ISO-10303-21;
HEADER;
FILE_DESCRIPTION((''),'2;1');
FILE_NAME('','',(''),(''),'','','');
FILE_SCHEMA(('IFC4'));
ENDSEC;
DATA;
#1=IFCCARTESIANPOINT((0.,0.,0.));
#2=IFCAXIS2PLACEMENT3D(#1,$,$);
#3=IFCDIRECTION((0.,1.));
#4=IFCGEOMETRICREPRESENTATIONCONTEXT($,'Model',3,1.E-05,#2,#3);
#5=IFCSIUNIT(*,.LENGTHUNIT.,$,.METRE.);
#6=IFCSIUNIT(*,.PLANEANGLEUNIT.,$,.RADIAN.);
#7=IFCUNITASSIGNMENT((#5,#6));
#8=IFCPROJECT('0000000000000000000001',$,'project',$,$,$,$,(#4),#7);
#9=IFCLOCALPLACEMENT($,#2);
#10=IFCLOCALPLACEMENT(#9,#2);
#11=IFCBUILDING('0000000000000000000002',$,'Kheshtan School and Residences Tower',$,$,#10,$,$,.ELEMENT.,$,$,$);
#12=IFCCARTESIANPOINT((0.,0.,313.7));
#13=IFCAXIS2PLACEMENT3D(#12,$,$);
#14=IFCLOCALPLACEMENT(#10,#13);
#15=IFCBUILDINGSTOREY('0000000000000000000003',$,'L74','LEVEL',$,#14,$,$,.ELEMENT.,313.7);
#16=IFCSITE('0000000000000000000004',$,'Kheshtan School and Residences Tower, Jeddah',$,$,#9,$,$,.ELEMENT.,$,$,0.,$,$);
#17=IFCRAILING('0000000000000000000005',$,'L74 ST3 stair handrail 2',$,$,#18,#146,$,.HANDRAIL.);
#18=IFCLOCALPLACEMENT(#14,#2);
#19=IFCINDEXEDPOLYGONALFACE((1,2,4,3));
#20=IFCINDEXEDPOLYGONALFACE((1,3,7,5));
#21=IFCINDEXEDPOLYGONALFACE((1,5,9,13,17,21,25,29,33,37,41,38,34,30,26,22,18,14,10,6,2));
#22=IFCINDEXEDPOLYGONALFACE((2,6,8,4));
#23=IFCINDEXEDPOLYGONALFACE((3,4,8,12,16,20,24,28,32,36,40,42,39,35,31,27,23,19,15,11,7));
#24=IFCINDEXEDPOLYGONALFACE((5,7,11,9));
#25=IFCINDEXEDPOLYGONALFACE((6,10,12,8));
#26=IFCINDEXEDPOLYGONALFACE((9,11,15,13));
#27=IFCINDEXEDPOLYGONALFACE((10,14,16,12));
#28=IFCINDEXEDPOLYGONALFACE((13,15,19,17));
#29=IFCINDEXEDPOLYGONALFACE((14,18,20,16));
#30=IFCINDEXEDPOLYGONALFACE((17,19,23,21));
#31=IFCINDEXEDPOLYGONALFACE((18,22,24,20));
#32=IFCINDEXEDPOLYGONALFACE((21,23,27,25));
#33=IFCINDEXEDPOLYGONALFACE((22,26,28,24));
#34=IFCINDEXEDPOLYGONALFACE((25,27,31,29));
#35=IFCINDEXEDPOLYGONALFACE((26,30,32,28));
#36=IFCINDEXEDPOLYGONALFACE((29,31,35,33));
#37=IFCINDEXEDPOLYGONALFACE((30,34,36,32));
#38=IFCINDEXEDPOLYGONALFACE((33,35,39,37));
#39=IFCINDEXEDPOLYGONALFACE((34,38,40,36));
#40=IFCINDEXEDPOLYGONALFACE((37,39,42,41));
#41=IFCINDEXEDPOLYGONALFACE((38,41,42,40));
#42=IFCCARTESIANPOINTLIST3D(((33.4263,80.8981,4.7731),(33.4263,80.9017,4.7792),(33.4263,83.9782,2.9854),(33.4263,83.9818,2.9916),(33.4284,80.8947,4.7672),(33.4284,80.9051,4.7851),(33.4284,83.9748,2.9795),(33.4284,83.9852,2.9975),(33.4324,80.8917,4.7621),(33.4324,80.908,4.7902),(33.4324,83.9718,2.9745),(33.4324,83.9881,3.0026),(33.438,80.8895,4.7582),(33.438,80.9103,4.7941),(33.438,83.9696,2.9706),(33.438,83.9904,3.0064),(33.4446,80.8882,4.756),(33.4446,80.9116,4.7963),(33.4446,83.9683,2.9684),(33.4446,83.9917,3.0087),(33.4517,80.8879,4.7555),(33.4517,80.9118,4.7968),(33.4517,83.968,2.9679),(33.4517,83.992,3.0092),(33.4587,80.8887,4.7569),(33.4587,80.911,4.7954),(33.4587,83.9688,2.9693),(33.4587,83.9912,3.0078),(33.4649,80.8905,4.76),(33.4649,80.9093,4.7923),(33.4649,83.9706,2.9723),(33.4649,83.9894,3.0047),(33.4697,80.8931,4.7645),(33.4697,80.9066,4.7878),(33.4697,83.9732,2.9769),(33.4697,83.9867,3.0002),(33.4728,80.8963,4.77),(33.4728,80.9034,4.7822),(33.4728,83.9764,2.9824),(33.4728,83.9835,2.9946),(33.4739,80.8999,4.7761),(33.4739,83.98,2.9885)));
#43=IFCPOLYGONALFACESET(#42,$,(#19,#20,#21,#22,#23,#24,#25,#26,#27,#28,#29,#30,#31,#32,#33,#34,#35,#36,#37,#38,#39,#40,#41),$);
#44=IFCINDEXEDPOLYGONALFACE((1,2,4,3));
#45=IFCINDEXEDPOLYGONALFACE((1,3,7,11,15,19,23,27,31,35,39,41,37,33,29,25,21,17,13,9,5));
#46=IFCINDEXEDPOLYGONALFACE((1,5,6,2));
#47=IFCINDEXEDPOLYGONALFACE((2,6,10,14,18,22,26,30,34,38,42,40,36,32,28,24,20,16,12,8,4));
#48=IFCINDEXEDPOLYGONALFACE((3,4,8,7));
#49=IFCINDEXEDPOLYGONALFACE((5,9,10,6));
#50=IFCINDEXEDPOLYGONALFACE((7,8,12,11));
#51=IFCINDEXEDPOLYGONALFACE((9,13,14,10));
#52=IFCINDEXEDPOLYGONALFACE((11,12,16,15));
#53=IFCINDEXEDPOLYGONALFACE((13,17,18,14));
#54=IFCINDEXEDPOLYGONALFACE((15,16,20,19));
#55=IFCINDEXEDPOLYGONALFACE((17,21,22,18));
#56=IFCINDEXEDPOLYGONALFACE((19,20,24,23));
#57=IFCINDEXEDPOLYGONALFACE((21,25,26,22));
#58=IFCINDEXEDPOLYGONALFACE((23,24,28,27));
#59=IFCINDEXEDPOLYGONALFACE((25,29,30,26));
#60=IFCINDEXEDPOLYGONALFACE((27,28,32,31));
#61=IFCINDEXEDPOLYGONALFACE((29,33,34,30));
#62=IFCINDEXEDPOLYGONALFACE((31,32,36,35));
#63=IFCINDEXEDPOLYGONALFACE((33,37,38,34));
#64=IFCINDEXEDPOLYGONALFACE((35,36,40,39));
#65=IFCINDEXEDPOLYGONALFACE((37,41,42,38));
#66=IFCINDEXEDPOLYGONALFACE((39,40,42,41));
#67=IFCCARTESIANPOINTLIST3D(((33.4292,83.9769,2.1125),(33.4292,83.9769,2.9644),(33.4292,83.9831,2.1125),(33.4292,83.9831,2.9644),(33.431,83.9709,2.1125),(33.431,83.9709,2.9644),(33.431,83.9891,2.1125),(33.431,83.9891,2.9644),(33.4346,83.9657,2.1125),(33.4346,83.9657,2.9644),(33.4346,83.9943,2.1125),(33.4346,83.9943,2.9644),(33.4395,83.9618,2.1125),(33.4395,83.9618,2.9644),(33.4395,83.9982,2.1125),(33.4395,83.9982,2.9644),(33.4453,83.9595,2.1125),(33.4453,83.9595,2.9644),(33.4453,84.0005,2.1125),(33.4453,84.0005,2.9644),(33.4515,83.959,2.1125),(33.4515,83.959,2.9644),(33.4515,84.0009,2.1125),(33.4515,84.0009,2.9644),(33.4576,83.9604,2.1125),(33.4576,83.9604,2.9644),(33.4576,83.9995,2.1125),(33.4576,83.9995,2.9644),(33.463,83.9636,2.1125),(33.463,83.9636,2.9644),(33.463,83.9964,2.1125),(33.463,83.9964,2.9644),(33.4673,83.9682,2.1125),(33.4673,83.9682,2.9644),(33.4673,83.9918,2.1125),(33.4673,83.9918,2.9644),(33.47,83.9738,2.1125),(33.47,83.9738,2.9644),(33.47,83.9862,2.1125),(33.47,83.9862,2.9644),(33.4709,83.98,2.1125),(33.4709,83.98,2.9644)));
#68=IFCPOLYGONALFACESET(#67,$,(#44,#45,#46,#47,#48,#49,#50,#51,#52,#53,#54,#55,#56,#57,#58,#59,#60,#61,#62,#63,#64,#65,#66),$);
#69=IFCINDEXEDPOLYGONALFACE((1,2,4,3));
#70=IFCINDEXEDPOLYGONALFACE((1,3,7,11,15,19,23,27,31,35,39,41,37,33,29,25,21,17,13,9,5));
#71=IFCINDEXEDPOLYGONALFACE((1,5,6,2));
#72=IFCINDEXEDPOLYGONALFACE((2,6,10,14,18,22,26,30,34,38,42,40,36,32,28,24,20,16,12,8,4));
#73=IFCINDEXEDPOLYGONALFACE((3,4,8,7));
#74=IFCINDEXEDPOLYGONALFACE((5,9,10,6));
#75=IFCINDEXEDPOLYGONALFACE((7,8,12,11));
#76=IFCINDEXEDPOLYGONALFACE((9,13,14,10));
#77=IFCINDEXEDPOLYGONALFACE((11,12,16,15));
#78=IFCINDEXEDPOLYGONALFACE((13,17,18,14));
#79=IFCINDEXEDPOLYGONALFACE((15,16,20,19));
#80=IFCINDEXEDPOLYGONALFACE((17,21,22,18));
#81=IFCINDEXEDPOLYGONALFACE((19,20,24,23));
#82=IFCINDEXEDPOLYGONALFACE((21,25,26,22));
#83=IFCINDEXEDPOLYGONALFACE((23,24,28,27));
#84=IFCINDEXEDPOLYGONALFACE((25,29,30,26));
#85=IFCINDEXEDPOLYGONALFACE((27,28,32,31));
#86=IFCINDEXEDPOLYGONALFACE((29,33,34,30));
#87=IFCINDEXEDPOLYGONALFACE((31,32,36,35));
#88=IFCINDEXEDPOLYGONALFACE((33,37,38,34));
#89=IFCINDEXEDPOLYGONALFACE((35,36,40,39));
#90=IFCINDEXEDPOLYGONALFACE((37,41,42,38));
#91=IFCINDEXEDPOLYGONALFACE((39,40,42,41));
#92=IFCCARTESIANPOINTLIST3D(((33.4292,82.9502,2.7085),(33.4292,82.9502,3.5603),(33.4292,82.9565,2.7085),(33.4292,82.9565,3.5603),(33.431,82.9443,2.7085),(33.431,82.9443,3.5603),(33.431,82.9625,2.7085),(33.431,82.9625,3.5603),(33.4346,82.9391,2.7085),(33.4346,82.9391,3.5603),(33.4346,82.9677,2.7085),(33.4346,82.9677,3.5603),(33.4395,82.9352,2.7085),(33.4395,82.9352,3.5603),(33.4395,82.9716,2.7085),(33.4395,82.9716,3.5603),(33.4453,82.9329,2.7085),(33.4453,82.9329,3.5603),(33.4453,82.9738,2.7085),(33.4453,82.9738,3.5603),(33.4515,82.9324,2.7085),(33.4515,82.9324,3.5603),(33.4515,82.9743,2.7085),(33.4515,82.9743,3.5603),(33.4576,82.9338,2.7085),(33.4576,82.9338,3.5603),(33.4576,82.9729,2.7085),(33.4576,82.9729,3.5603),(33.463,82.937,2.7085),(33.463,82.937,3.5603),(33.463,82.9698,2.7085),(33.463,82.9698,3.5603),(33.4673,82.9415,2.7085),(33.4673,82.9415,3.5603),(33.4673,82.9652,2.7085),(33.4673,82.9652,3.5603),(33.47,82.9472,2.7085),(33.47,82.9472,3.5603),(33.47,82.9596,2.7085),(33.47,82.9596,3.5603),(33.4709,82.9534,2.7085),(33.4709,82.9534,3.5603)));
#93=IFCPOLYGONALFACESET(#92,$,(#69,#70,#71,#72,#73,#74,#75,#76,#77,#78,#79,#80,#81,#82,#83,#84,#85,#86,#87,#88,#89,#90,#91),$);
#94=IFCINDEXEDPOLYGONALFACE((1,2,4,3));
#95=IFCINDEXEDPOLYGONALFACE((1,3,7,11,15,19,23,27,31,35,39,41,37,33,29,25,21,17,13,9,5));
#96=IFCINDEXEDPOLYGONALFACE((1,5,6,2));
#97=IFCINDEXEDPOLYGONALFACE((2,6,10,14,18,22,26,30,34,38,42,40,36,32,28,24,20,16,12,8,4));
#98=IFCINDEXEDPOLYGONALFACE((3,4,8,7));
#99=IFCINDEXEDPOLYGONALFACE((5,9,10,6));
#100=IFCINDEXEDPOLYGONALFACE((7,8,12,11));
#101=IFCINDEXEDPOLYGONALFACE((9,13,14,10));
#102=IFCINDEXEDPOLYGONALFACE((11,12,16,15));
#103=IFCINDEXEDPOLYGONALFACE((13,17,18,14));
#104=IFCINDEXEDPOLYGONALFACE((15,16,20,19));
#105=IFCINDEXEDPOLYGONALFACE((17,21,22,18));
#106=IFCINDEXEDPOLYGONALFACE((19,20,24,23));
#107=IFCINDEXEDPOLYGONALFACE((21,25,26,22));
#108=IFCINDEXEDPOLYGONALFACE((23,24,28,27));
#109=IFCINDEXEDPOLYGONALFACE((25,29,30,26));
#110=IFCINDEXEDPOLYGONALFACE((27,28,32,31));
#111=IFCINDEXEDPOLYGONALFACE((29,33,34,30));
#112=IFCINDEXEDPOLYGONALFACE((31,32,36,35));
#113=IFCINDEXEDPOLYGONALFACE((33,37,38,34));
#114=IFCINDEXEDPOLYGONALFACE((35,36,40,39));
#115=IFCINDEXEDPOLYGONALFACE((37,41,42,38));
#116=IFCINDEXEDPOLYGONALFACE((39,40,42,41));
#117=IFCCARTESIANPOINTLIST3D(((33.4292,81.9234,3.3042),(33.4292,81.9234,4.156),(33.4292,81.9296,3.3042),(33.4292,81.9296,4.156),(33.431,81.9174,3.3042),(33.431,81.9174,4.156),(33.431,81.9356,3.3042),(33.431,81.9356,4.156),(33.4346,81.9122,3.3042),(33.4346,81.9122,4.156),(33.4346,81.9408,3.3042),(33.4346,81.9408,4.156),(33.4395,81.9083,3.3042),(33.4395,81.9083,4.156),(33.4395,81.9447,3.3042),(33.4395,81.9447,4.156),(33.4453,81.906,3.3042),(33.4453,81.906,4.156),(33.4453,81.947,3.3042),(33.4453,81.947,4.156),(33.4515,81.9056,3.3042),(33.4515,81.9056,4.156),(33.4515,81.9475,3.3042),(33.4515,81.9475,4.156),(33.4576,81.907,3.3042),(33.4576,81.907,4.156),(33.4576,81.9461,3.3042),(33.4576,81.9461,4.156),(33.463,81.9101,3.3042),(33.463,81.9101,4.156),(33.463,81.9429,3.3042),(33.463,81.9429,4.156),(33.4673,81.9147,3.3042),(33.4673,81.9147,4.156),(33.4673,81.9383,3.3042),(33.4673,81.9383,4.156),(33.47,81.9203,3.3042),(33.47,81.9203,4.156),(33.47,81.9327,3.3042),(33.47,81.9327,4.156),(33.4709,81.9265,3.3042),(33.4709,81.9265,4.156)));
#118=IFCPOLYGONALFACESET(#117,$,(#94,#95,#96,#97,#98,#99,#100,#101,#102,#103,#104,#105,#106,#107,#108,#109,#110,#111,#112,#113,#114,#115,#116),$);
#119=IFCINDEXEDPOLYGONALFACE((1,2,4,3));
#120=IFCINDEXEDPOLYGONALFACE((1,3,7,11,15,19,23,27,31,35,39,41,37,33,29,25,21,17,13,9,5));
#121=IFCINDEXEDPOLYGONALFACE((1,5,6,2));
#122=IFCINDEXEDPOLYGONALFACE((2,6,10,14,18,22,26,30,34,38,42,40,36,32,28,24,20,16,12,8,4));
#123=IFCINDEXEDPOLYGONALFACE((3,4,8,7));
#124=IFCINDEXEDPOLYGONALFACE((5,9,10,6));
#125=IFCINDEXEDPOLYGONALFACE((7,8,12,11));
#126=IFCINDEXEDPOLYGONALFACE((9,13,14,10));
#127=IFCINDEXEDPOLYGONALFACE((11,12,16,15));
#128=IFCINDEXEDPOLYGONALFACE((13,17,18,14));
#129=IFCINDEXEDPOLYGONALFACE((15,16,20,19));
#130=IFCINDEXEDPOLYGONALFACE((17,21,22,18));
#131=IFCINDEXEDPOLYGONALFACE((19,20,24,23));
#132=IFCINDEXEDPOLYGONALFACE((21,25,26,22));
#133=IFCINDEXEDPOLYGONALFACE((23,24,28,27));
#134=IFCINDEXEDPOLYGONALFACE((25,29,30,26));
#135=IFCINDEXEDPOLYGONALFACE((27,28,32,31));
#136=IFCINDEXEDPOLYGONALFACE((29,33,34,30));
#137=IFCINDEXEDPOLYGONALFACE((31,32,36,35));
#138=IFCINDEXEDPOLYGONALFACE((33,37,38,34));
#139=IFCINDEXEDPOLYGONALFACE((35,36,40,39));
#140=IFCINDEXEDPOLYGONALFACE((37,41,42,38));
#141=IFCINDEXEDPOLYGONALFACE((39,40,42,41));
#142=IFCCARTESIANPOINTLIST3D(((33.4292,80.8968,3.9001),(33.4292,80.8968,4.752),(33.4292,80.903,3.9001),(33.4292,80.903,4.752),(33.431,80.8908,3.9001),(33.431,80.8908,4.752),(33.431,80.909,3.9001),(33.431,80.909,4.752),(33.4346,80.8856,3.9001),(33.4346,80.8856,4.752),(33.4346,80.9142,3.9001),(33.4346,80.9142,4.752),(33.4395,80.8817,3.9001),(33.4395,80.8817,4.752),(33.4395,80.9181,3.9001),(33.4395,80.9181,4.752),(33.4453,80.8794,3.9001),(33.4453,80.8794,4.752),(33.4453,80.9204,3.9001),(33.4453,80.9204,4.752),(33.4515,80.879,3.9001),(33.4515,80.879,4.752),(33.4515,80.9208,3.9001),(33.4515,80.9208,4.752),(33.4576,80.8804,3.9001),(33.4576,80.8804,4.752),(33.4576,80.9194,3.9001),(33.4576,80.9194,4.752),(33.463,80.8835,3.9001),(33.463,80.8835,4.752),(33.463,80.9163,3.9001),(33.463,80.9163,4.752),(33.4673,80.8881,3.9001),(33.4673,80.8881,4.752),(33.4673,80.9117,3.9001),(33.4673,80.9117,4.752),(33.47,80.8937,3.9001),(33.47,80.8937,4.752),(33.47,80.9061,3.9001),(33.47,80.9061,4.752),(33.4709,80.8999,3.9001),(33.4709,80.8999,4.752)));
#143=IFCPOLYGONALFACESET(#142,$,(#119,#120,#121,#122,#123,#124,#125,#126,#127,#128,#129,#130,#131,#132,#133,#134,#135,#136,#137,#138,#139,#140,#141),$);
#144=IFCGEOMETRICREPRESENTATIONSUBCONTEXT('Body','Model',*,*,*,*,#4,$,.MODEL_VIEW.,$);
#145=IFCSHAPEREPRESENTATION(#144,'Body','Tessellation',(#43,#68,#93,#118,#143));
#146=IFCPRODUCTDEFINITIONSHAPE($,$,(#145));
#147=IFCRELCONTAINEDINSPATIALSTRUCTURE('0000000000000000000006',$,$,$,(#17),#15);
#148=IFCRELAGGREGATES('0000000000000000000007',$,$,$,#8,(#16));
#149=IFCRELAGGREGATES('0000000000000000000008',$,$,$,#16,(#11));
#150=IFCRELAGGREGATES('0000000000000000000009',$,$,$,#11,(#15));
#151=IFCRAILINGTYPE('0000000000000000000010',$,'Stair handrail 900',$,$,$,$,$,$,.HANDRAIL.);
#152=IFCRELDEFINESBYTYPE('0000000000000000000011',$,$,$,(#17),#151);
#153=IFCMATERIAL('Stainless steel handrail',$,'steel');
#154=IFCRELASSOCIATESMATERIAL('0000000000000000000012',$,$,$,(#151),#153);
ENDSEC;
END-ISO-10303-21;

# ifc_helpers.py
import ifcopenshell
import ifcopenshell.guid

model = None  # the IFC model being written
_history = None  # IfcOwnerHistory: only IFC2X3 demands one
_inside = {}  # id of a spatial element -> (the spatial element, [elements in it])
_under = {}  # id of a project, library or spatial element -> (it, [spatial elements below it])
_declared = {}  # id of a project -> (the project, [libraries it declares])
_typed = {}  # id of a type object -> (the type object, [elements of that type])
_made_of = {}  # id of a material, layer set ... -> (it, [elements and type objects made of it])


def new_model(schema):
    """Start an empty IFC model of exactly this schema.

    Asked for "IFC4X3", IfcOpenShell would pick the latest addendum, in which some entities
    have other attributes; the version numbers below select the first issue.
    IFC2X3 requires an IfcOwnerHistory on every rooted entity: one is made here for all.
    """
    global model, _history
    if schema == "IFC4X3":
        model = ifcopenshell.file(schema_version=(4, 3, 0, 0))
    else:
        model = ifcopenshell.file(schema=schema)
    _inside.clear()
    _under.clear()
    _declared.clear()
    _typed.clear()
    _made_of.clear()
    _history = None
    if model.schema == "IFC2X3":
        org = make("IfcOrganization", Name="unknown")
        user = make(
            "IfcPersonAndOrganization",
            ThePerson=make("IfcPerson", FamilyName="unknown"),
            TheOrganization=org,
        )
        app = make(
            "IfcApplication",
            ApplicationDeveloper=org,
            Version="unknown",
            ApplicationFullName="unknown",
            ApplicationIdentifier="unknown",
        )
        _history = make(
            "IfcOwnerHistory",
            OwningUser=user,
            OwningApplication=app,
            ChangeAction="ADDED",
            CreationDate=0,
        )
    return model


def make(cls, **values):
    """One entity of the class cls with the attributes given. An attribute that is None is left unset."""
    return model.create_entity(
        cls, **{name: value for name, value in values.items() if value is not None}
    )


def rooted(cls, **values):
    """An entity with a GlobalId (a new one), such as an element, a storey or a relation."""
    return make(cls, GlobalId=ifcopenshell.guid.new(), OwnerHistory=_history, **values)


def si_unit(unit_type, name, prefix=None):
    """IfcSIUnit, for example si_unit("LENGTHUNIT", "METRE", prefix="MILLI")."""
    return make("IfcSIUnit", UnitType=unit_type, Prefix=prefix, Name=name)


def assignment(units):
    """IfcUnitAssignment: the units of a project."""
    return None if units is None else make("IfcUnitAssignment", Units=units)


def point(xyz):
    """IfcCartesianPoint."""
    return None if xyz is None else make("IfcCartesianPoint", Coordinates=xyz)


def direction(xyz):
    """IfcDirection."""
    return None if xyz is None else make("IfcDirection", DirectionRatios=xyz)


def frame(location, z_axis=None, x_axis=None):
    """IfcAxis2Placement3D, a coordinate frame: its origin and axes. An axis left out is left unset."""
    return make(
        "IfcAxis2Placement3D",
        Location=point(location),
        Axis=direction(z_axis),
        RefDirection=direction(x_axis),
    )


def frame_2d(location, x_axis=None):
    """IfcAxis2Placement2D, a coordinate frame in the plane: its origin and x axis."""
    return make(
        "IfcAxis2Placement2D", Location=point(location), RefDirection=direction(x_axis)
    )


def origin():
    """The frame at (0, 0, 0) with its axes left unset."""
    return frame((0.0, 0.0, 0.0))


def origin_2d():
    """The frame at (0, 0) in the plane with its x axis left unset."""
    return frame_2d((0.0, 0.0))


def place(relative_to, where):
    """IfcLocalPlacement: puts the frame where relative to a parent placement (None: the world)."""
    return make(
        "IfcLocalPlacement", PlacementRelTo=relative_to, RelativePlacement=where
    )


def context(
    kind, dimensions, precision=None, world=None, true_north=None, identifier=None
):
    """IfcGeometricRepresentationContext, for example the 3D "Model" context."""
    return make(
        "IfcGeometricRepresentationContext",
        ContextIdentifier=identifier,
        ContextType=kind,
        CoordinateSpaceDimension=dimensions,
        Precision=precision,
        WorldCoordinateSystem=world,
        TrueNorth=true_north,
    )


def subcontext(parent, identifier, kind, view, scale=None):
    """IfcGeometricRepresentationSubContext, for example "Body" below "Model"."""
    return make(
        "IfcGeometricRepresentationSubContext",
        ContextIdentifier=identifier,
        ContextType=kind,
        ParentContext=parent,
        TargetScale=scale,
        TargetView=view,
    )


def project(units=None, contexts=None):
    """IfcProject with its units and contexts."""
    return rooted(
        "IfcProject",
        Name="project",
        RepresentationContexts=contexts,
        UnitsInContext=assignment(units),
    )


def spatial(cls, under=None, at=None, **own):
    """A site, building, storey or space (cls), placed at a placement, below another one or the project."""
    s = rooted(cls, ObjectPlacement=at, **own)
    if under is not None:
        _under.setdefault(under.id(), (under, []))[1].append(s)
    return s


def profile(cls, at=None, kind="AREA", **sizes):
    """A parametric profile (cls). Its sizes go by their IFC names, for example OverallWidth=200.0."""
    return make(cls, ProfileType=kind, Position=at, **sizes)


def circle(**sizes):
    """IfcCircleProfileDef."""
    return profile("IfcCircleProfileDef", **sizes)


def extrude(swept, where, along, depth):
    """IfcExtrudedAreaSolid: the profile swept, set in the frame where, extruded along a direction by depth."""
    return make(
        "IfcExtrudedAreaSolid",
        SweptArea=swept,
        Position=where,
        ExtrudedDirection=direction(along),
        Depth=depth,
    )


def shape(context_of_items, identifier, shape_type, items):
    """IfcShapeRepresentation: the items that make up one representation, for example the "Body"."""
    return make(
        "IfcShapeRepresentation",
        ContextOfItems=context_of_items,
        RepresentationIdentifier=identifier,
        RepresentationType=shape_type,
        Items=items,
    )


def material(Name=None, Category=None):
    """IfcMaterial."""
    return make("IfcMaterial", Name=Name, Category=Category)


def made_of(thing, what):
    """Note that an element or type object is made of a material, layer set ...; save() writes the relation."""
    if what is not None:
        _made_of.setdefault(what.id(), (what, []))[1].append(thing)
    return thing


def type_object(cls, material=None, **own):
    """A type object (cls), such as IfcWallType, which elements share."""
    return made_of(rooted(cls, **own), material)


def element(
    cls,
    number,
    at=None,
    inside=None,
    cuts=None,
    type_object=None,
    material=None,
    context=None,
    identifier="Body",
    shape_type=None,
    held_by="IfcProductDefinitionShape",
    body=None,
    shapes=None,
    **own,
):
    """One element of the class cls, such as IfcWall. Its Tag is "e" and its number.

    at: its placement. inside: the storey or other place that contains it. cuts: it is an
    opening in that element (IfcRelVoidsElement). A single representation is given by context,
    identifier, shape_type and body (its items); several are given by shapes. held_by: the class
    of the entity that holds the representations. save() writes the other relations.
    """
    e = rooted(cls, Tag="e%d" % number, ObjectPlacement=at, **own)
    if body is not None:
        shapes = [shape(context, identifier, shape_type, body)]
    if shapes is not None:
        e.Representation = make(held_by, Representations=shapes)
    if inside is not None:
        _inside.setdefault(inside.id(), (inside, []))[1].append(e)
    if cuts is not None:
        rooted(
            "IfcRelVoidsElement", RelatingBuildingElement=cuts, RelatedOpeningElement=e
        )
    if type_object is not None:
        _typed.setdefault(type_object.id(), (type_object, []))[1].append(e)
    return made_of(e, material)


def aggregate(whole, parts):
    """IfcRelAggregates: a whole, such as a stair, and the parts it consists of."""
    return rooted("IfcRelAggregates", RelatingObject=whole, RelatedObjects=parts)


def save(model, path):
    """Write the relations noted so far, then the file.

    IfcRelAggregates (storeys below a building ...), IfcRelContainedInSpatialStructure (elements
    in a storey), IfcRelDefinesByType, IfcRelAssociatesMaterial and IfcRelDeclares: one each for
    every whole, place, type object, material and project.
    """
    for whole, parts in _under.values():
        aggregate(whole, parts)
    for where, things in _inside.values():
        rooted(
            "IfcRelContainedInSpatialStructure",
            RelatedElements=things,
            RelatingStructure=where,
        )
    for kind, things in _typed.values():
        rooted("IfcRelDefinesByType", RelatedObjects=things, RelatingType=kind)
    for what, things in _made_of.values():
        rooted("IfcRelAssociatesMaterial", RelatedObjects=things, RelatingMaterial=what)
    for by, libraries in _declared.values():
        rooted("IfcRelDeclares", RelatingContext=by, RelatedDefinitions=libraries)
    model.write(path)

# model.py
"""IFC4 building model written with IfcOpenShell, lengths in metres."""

from ifc_helpers import new_model, si_unit, direction, frame, origin, origin_2d, place, context, subcontext, project, spatial, circle, extrude, material, type_object, element, save


model = new_model("IFC4")

# Units and contexts
model_context = context("Model", 3, precision=1e-05, world=origin(), true_north=direction((0.0, 1.0)))
body_context = subcontext(model_context, "Body", "Model", "MODEL_VIEW")
ifc_project = project(units=[si_unit("LENGTHUNIT", "METRE"), si_unit("PLANEANGLEUNIT", "RADIAN")], contexts=[model_context])

# Site, building, storey
site_placement = place(None, origin())
site = spatial("IfcSite", under=ifc_project, at=site_placement, Name="Kheshtan School and Residences Tower, Jeddah", CompositionType="ELEMENT", RefElevation=0.0)
building_placement = place(site_placement, origin())
building = spatial("IfcBuilding", under=site, at=building_placement, Name="Kheshtan School and Residences Tower", CompositionType="ELEMENT")
storey_placement = place(building_placement, frame((0.0, 0.0, 313.7)))
storey = spatial("IfcBuildingStorey", under=building, at=storey_placement, Name="L74", Description="LEVEL", CompositionType="ELEMENT", Elevation=313.7)

# Railing
ifc_material_1 = material(Name="Stainless steel handrail", Category="steel")
railing_type_1 = type_object("IfcRailingType", Name="Stair handrail 900", PredefinedType="HANDRAIL", material=ifc_material_1)
railing_1_placement = place(storey_placement, frame((33.45, 83.98, 2.1125)))
element("IfcRailing", 1, at=railing_1_placement, inside=storey, type_object=railing_type_1, Name="L74 ST3 stair handrail 2", PredefinedType="HANDRAIL", context=body_context, shape_type="SweptSolid", body=[
    extrude(circle(Radius=0.0239, at=origin_2d()), frame((0.0, 0.0, 0.876), z_axis=(0.0, -0.864891, 0.50196), x_axis=(1.0, 0.0, 0.0)), (0.0, 0.0, 1.0), 3.5613),
    extrude(circle(Radius=0.021, at=origin_2d()), origin(), (0.0, 0.0, 1.0), 0.8518),
    extrude(circle(Radius=0.021, at=origin_2d()), frame((0.0, -1.0266, 0.5959)), (0.0, 0.0, 1.0), 0.8518),
    extrude(circle(Radius=0.021, at=origin_2d()), frame((0.0, -2.0535, 1.1917)), (0.0, 0.0, 1.0), 0.8518),
    extrude(circle(Radius=0.021, at=origin_2d()), frame((0.0, -3.0801, 1.7876)), (0.0, 0.0, 1.0), 0.8518),
])

save(model, "model.ifc")
